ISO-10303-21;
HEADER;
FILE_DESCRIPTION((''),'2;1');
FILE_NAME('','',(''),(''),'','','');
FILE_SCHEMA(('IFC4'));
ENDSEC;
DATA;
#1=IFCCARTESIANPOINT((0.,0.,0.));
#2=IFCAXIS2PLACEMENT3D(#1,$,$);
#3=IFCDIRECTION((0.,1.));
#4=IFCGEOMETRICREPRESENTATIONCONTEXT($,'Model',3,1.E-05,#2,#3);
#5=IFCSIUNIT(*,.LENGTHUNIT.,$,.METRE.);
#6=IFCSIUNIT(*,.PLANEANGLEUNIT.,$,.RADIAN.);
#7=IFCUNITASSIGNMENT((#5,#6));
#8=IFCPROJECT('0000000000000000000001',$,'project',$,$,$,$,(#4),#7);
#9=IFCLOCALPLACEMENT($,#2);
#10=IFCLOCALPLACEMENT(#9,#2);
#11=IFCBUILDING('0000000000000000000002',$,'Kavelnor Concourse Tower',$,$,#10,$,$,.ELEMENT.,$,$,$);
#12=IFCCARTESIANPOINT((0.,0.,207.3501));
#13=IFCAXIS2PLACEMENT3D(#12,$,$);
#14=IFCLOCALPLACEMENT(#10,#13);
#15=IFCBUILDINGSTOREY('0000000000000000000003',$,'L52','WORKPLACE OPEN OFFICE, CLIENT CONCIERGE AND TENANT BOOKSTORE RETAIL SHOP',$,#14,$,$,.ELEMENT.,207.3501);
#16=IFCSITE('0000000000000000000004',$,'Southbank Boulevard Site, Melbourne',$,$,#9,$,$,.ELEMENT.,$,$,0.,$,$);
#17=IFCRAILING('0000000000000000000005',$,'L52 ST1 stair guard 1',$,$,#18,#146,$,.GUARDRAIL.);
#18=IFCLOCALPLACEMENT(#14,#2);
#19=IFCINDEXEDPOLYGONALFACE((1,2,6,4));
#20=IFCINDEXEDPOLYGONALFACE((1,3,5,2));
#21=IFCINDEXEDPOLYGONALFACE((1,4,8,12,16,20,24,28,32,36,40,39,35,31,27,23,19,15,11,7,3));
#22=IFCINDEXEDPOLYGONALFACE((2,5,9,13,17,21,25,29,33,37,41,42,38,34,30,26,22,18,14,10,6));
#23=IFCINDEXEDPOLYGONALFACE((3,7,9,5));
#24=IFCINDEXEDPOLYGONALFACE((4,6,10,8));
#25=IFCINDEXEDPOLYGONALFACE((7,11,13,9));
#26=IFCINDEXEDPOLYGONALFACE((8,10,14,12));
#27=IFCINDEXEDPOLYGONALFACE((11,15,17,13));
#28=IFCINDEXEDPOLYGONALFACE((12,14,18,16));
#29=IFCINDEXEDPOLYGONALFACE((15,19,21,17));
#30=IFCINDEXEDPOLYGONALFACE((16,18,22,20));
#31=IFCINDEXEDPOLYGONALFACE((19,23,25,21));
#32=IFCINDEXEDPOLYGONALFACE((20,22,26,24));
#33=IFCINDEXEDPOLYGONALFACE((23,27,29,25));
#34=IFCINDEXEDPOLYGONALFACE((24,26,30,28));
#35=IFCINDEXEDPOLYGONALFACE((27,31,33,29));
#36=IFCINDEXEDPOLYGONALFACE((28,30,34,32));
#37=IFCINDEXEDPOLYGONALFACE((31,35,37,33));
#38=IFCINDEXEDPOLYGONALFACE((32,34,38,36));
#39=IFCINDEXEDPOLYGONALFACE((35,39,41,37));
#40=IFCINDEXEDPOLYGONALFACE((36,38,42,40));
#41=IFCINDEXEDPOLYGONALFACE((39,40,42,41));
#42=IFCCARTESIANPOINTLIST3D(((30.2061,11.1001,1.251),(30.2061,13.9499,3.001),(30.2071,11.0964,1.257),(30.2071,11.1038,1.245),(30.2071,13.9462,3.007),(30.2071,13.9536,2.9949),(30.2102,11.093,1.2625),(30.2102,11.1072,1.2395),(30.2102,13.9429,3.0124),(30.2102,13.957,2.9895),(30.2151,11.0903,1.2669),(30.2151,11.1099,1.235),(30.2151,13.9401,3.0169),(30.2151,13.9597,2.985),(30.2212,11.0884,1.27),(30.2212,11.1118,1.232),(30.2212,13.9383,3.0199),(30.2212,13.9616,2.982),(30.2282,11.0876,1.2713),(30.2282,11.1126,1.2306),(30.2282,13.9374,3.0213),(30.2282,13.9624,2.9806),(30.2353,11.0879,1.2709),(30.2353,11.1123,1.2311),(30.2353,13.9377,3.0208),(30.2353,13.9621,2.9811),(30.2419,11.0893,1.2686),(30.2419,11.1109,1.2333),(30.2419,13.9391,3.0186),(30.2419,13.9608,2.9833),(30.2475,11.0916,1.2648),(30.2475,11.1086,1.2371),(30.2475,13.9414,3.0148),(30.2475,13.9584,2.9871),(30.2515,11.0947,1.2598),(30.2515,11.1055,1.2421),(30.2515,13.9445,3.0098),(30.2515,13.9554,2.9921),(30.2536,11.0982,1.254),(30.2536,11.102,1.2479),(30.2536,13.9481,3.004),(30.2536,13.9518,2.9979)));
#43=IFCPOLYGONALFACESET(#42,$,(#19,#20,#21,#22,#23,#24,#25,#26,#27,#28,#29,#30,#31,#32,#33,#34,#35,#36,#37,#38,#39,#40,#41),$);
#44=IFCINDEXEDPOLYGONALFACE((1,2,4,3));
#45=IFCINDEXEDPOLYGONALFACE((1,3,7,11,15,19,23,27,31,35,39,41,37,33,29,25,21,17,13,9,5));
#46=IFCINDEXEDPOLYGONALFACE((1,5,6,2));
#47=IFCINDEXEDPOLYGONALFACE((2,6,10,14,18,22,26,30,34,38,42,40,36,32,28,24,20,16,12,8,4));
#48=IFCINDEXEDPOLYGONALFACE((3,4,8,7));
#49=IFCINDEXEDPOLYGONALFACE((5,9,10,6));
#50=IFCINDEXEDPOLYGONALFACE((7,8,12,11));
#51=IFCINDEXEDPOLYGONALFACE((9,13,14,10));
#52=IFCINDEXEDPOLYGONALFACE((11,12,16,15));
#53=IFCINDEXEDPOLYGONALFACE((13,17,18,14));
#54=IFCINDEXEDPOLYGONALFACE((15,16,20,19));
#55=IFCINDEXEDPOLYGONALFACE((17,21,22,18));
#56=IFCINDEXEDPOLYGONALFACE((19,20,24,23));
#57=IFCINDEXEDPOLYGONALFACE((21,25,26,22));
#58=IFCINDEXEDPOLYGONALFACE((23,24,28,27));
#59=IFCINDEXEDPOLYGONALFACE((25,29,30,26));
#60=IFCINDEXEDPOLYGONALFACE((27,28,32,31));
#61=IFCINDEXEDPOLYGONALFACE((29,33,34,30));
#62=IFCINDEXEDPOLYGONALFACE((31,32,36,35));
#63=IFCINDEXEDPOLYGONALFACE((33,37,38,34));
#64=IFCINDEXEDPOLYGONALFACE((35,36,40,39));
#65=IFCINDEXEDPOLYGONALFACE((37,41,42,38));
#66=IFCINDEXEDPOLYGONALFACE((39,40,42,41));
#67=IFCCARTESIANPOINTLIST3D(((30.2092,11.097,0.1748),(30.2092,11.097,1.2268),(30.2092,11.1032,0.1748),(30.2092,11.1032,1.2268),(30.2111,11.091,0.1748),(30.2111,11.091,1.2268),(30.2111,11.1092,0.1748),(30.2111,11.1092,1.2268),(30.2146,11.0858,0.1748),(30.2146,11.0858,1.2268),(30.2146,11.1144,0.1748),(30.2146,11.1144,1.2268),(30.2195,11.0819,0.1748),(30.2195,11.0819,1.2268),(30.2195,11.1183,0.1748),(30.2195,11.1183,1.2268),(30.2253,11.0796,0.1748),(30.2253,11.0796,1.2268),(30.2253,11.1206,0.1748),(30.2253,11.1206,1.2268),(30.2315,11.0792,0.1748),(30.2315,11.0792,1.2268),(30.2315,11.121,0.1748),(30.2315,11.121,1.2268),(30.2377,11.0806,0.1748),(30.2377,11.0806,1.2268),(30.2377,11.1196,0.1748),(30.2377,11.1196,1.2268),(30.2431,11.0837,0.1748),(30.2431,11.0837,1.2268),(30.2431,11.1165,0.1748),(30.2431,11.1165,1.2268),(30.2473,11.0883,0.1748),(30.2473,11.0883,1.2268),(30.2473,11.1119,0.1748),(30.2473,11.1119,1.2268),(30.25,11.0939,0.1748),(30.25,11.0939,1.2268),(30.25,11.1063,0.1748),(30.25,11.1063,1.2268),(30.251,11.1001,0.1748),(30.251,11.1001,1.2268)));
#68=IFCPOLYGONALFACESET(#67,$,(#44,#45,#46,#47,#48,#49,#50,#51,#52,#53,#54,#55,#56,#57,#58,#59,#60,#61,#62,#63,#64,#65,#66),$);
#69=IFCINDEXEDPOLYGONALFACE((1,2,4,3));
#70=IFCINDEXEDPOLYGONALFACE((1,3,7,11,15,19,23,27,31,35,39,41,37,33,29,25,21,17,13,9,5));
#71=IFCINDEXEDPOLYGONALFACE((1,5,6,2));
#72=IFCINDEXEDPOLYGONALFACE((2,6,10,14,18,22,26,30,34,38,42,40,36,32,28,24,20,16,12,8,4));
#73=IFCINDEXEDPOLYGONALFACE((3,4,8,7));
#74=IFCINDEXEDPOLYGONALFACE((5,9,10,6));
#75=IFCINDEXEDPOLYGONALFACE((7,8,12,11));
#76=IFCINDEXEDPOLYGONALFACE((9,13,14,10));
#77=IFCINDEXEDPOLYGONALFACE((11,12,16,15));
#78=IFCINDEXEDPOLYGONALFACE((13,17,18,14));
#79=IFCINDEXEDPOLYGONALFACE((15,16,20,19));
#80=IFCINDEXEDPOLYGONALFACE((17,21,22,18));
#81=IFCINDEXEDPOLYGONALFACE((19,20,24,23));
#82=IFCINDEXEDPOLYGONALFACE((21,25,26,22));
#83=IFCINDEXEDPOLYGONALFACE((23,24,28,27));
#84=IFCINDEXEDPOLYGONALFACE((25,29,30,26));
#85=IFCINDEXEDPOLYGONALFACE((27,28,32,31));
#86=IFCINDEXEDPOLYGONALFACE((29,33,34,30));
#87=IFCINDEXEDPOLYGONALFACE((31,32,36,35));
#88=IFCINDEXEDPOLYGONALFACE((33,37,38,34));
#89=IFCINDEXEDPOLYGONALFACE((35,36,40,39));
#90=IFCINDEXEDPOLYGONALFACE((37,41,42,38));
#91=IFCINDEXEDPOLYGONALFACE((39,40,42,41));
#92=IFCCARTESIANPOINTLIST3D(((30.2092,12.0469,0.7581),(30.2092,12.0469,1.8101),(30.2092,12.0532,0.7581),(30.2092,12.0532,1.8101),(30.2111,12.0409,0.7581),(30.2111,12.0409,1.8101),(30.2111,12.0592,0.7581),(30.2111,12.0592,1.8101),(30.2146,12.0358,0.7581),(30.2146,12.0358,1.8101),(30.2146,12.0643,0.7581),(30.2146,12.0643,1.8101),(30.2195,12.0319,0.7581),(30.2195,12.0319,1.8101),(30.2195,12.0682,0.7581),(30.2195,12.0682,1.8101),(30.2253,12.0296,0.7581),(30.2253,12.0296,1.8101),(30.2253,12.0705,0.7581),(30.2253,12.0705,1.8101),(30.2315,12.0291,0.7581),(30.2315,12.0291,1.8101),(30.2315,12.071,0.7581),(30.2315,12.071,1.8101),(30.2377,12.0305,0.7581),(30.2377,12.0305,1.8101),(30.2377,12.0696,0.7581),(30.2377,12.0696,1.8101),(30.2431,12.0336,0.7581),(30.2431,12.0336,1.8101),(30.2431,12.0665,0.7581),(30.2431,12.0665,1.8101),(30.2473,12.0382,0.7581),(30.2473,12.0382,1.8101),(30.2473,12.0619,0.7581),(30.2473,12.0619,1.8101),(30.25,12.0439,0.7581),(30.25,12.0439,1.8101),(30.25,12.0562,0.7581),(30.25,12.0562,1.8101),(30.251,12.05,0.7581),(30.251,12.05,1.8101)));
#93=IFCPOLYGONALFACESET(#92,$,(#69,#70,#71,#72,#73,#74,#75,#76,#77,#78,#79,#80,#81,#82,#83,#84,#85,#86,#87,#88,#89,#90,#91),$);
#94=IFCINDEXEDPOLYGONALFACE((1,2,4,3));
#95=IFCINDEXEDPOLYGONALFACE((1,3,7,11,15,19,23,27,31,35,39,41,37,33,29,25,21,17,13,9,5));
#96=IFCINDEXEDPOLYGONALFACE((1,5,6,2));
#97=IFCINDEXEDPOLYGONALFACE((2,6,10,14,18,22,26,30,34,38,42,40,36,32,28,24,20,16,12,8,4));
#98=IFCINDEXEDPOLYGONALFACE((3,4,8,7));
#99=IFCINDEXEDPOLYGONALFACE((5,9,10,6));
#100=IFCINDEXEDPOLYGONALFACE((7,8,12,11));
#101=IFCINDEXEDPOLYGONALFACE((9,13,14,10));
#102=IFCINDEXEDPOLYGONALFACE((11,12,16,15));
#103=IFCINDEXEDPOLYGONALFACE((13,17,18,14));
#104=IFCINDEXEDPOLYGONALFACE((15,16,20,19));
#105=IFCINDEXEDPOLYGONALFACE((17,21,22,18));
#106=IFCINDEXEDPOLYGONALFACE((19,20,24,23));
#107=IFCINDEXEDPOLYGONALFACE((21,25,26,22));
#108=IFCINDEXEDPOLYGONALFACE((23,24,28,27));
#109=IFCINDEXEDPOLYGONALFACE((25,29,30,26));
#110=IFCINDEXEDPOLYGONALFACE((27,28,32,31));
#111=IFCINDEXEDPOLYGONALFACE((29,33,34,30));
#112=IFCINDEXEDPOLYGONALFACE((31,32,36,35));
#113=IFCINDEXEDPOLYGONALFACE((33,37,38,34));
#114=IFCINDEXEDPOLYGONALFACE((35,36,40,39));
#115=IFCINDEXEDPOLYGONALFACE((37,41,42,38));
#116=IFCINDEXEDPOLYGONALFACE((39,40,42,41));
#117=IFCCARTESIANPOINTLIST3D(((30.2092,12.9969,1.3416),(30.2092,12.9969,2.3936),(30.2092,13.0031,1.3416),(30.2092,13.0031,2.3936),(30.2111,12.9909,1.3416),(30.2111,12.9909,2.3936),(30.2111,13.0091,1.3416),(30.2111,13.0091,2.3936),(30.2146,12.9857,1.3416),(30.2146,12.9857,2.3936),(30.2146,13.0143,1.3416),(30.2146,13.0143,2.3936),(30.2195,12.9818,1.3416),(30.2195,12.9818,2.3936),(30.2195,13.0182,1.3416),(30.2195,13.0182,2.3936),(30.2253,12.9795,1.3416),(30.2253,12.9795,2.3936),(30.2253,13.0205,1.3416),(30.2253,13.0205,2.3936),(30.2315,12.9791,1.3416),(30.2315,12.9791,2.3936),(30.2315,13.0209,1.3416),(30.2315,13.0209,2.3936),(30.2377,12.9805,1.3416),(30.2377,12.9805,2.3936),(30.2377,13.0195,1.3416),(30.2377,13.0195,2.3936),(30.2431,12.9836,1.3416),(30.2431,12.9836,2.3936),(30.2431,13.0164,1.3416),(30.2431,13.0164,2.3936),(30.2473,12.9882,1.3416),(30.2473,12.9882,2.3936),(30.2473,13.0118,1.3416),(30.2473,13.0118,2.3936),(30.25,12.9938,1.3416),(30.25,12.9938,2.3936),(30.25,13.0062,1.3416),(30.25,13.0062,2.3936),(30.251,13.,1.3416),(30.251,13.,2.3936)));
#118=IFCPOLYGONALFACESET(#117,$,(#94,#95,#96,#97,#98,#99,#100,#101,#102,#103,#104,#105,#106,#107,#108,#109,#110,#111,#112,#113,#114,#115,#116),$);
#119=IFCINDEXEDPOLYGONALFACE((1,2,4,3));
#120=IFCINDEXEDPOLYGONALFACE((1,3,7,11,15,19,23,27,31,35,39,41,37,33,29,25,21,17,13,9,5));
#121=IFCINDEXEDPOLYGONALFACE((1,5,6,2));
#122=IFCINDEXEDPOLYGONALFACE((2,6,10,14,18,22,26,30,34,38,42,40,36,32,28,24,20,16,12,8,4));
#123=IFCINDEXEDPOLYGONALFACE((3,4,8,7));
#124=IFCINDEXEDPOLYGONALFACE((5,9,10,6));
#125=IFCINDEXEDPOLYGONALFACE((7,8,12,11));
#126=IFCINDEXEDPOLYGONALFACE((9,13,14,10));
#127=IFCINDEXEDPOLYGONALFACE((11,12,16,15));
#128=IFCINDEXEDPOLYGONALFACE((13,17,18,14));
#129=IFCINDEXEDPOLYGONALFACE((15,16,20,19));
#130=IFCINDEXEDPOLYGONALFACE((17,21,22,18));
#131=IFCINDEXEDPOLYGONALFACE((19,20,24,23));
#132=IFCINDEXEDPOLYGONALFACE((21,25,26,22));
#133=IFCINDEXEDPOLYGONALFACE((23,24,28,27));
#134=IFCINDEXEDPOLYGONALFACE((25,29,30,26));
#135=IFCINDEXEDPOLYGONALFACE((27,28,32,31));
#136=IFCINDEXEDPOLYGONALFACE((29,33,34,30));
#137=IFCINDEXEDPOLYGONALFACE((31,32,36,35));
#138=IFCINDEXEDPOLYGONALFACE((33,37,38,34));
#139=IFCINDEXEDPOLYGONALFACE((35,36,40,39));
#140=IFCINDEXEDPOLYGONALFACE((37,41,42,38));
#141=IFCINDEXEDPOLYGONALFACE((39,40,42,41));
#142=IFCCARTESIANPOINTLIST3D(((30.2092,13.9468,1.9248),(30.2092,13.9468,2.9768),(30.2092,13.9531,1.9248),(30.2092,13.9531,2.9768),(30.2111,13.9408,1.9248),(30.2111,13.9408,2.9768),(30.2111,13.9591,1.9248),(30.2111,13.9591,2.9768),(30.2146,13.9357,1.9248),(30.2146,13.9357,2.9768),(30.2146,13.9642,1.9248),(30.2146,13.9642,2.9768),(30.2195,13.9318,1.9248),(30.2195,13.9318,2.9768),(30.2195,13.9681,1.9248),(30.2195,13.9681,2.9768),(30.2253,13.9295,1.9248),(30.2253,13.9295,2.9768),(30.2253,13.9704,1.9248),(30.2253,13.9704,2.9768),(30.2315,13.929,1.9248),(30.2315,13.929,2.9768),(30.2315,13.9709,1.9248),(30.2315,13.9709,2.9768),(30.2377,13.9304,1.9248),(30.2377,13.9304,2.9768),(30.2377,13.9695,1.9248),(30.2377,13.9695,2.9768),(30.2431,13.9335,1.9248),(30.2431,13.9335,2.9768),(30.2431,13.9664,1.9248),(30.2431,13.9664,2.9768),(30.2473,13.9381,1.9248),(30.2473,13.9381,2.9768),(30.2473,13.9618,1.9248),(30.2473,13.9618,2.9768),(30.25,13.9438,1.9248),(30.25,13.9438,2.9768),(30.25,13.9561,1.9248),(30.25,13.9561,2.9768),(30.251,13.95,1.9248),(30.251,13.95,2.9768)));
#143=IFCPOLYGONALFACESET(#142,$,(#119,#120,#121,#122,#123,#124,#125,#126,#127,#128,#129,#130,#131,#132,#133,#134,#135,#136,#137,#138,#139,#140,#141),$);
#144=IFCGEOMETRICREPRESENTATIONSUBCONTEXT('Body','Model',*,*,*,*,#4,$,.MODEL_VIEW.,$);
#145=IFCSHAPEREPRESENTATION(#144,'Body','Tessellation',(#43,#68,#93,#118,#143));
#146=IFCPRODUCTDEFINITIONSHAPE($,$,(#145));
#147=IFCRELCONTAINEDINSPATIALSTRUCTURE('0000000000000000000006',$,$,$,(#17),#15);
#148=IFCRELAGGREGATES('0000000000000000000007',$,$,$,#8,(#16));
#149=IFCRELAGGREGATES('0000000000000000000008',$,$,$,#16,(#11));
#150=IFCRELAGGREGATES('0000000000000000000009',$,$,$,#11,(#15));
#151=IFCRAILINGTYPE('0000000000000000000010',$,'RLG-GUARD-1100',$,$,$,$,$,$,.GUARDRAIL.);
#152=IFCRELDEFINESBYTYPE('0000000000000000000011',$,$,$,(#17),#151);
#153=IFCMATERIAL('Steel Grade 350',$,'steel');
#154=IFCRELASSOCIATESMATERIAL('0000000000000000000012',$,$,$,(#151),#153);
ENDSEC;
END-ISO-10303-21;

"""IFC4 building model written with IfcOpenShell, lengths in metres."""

from ifc_helpers import new_model, si_unit, direction, frame, origin, origin_2d, place, context, subcontext, project, spatial, circle, extrude, material, type_object, element, save


model = new_model("IFC4")

# Units and contexts
model_context = context("Model", 3, precision=1e-05, world=origin(), true_north=direction((0.0, 1.0)))
body_context = subcontext(model_context, "Body", "Model", "MODEL_VIEW")
ifc_project = project(units=[si_unit("LENGTHUNIT", "METRE"), si_unit("PLANEANGLEUNIT", "RADIAN")], contexts=[model_context])

# Site, building, storey
site_placement = place(None, origin())
site = spatial("IfcSite", under=ifc_project, at=site_placement, Name="Southbank Boulevard Site, Melbourne", CompositionType="ELEMENT", RefElevation=0.0)
building_placement = place(site_placement, origin())
building = spatial("IfcBuilding", under=site, at=building_placement, Name="Kavelnor Concourse Tower", CompositionType="ELEMENT")
storey_placement = place(building_placement, frame((0.0, 0.0, 207.3501)))
storey = spatial("IfcBuildingStorey", under=building, at=storey_placement, Name="L52", Description="WORKPLACE OPEN OFFICE, CLIENT CONCIERGE AND TENANT BOOKSTORE RETAIL SHOP", CompositionType="ELEMENT", Elevation=207.3501)

# Shared definitions
ifc_material_1 = material(Name="Steel Grade 350", Category="steel")

# Railing
railing_type_1 = type_object("IfcRailingType", Name="RLG-GUARD-1100", PredefinedType="GUARDRAIL", material=ifc_material_1)
railing_1_placement = place(storey_placement, frame((30.23, 11.1001, 0.1748)))
element("IfcRailing", 1, at=railing_1_placement, inside=storey, type_object=railing_type_1, Name="L52 ST1 stair guard 1", PredefinedType="GUARDRAIL", context=body_context, shape_type="SweptSolid", body=[
    extrude(circle(Radius=0.0239, at=origin_2d()), frame((0.0, 0.0, 1.0762), z_axis=(0.0, 0.852159, 0.523283), x_axis=(-1.0, 0.0, 0.0)), (0.0, 0.0, 1.0), 3.3442),
    extrude(circle(Radius=0.021, at=origin_2d()), origin(), (0.0, 0.0, 1.0), 1.052),
    extrude(circle(Radius=0.021, at=origin_2d()), frame((0.0, 0.95, 0.5833)), (0.0, 0.0, 1.0), 1.052),
    extrude(circle(Radius=0.021, at=origin_2d()), frame((0.0, 1.8999, 1.1667)), (0.0, 0.0, 1.0), 1.052),
    extrude(circle(Radius=0.021, at=origin_2d()), frame((0.0, 2.8499, 1.75)), (0.0, 0.0, 1.0), 1.052),
])

save(model, "model.ifc")
